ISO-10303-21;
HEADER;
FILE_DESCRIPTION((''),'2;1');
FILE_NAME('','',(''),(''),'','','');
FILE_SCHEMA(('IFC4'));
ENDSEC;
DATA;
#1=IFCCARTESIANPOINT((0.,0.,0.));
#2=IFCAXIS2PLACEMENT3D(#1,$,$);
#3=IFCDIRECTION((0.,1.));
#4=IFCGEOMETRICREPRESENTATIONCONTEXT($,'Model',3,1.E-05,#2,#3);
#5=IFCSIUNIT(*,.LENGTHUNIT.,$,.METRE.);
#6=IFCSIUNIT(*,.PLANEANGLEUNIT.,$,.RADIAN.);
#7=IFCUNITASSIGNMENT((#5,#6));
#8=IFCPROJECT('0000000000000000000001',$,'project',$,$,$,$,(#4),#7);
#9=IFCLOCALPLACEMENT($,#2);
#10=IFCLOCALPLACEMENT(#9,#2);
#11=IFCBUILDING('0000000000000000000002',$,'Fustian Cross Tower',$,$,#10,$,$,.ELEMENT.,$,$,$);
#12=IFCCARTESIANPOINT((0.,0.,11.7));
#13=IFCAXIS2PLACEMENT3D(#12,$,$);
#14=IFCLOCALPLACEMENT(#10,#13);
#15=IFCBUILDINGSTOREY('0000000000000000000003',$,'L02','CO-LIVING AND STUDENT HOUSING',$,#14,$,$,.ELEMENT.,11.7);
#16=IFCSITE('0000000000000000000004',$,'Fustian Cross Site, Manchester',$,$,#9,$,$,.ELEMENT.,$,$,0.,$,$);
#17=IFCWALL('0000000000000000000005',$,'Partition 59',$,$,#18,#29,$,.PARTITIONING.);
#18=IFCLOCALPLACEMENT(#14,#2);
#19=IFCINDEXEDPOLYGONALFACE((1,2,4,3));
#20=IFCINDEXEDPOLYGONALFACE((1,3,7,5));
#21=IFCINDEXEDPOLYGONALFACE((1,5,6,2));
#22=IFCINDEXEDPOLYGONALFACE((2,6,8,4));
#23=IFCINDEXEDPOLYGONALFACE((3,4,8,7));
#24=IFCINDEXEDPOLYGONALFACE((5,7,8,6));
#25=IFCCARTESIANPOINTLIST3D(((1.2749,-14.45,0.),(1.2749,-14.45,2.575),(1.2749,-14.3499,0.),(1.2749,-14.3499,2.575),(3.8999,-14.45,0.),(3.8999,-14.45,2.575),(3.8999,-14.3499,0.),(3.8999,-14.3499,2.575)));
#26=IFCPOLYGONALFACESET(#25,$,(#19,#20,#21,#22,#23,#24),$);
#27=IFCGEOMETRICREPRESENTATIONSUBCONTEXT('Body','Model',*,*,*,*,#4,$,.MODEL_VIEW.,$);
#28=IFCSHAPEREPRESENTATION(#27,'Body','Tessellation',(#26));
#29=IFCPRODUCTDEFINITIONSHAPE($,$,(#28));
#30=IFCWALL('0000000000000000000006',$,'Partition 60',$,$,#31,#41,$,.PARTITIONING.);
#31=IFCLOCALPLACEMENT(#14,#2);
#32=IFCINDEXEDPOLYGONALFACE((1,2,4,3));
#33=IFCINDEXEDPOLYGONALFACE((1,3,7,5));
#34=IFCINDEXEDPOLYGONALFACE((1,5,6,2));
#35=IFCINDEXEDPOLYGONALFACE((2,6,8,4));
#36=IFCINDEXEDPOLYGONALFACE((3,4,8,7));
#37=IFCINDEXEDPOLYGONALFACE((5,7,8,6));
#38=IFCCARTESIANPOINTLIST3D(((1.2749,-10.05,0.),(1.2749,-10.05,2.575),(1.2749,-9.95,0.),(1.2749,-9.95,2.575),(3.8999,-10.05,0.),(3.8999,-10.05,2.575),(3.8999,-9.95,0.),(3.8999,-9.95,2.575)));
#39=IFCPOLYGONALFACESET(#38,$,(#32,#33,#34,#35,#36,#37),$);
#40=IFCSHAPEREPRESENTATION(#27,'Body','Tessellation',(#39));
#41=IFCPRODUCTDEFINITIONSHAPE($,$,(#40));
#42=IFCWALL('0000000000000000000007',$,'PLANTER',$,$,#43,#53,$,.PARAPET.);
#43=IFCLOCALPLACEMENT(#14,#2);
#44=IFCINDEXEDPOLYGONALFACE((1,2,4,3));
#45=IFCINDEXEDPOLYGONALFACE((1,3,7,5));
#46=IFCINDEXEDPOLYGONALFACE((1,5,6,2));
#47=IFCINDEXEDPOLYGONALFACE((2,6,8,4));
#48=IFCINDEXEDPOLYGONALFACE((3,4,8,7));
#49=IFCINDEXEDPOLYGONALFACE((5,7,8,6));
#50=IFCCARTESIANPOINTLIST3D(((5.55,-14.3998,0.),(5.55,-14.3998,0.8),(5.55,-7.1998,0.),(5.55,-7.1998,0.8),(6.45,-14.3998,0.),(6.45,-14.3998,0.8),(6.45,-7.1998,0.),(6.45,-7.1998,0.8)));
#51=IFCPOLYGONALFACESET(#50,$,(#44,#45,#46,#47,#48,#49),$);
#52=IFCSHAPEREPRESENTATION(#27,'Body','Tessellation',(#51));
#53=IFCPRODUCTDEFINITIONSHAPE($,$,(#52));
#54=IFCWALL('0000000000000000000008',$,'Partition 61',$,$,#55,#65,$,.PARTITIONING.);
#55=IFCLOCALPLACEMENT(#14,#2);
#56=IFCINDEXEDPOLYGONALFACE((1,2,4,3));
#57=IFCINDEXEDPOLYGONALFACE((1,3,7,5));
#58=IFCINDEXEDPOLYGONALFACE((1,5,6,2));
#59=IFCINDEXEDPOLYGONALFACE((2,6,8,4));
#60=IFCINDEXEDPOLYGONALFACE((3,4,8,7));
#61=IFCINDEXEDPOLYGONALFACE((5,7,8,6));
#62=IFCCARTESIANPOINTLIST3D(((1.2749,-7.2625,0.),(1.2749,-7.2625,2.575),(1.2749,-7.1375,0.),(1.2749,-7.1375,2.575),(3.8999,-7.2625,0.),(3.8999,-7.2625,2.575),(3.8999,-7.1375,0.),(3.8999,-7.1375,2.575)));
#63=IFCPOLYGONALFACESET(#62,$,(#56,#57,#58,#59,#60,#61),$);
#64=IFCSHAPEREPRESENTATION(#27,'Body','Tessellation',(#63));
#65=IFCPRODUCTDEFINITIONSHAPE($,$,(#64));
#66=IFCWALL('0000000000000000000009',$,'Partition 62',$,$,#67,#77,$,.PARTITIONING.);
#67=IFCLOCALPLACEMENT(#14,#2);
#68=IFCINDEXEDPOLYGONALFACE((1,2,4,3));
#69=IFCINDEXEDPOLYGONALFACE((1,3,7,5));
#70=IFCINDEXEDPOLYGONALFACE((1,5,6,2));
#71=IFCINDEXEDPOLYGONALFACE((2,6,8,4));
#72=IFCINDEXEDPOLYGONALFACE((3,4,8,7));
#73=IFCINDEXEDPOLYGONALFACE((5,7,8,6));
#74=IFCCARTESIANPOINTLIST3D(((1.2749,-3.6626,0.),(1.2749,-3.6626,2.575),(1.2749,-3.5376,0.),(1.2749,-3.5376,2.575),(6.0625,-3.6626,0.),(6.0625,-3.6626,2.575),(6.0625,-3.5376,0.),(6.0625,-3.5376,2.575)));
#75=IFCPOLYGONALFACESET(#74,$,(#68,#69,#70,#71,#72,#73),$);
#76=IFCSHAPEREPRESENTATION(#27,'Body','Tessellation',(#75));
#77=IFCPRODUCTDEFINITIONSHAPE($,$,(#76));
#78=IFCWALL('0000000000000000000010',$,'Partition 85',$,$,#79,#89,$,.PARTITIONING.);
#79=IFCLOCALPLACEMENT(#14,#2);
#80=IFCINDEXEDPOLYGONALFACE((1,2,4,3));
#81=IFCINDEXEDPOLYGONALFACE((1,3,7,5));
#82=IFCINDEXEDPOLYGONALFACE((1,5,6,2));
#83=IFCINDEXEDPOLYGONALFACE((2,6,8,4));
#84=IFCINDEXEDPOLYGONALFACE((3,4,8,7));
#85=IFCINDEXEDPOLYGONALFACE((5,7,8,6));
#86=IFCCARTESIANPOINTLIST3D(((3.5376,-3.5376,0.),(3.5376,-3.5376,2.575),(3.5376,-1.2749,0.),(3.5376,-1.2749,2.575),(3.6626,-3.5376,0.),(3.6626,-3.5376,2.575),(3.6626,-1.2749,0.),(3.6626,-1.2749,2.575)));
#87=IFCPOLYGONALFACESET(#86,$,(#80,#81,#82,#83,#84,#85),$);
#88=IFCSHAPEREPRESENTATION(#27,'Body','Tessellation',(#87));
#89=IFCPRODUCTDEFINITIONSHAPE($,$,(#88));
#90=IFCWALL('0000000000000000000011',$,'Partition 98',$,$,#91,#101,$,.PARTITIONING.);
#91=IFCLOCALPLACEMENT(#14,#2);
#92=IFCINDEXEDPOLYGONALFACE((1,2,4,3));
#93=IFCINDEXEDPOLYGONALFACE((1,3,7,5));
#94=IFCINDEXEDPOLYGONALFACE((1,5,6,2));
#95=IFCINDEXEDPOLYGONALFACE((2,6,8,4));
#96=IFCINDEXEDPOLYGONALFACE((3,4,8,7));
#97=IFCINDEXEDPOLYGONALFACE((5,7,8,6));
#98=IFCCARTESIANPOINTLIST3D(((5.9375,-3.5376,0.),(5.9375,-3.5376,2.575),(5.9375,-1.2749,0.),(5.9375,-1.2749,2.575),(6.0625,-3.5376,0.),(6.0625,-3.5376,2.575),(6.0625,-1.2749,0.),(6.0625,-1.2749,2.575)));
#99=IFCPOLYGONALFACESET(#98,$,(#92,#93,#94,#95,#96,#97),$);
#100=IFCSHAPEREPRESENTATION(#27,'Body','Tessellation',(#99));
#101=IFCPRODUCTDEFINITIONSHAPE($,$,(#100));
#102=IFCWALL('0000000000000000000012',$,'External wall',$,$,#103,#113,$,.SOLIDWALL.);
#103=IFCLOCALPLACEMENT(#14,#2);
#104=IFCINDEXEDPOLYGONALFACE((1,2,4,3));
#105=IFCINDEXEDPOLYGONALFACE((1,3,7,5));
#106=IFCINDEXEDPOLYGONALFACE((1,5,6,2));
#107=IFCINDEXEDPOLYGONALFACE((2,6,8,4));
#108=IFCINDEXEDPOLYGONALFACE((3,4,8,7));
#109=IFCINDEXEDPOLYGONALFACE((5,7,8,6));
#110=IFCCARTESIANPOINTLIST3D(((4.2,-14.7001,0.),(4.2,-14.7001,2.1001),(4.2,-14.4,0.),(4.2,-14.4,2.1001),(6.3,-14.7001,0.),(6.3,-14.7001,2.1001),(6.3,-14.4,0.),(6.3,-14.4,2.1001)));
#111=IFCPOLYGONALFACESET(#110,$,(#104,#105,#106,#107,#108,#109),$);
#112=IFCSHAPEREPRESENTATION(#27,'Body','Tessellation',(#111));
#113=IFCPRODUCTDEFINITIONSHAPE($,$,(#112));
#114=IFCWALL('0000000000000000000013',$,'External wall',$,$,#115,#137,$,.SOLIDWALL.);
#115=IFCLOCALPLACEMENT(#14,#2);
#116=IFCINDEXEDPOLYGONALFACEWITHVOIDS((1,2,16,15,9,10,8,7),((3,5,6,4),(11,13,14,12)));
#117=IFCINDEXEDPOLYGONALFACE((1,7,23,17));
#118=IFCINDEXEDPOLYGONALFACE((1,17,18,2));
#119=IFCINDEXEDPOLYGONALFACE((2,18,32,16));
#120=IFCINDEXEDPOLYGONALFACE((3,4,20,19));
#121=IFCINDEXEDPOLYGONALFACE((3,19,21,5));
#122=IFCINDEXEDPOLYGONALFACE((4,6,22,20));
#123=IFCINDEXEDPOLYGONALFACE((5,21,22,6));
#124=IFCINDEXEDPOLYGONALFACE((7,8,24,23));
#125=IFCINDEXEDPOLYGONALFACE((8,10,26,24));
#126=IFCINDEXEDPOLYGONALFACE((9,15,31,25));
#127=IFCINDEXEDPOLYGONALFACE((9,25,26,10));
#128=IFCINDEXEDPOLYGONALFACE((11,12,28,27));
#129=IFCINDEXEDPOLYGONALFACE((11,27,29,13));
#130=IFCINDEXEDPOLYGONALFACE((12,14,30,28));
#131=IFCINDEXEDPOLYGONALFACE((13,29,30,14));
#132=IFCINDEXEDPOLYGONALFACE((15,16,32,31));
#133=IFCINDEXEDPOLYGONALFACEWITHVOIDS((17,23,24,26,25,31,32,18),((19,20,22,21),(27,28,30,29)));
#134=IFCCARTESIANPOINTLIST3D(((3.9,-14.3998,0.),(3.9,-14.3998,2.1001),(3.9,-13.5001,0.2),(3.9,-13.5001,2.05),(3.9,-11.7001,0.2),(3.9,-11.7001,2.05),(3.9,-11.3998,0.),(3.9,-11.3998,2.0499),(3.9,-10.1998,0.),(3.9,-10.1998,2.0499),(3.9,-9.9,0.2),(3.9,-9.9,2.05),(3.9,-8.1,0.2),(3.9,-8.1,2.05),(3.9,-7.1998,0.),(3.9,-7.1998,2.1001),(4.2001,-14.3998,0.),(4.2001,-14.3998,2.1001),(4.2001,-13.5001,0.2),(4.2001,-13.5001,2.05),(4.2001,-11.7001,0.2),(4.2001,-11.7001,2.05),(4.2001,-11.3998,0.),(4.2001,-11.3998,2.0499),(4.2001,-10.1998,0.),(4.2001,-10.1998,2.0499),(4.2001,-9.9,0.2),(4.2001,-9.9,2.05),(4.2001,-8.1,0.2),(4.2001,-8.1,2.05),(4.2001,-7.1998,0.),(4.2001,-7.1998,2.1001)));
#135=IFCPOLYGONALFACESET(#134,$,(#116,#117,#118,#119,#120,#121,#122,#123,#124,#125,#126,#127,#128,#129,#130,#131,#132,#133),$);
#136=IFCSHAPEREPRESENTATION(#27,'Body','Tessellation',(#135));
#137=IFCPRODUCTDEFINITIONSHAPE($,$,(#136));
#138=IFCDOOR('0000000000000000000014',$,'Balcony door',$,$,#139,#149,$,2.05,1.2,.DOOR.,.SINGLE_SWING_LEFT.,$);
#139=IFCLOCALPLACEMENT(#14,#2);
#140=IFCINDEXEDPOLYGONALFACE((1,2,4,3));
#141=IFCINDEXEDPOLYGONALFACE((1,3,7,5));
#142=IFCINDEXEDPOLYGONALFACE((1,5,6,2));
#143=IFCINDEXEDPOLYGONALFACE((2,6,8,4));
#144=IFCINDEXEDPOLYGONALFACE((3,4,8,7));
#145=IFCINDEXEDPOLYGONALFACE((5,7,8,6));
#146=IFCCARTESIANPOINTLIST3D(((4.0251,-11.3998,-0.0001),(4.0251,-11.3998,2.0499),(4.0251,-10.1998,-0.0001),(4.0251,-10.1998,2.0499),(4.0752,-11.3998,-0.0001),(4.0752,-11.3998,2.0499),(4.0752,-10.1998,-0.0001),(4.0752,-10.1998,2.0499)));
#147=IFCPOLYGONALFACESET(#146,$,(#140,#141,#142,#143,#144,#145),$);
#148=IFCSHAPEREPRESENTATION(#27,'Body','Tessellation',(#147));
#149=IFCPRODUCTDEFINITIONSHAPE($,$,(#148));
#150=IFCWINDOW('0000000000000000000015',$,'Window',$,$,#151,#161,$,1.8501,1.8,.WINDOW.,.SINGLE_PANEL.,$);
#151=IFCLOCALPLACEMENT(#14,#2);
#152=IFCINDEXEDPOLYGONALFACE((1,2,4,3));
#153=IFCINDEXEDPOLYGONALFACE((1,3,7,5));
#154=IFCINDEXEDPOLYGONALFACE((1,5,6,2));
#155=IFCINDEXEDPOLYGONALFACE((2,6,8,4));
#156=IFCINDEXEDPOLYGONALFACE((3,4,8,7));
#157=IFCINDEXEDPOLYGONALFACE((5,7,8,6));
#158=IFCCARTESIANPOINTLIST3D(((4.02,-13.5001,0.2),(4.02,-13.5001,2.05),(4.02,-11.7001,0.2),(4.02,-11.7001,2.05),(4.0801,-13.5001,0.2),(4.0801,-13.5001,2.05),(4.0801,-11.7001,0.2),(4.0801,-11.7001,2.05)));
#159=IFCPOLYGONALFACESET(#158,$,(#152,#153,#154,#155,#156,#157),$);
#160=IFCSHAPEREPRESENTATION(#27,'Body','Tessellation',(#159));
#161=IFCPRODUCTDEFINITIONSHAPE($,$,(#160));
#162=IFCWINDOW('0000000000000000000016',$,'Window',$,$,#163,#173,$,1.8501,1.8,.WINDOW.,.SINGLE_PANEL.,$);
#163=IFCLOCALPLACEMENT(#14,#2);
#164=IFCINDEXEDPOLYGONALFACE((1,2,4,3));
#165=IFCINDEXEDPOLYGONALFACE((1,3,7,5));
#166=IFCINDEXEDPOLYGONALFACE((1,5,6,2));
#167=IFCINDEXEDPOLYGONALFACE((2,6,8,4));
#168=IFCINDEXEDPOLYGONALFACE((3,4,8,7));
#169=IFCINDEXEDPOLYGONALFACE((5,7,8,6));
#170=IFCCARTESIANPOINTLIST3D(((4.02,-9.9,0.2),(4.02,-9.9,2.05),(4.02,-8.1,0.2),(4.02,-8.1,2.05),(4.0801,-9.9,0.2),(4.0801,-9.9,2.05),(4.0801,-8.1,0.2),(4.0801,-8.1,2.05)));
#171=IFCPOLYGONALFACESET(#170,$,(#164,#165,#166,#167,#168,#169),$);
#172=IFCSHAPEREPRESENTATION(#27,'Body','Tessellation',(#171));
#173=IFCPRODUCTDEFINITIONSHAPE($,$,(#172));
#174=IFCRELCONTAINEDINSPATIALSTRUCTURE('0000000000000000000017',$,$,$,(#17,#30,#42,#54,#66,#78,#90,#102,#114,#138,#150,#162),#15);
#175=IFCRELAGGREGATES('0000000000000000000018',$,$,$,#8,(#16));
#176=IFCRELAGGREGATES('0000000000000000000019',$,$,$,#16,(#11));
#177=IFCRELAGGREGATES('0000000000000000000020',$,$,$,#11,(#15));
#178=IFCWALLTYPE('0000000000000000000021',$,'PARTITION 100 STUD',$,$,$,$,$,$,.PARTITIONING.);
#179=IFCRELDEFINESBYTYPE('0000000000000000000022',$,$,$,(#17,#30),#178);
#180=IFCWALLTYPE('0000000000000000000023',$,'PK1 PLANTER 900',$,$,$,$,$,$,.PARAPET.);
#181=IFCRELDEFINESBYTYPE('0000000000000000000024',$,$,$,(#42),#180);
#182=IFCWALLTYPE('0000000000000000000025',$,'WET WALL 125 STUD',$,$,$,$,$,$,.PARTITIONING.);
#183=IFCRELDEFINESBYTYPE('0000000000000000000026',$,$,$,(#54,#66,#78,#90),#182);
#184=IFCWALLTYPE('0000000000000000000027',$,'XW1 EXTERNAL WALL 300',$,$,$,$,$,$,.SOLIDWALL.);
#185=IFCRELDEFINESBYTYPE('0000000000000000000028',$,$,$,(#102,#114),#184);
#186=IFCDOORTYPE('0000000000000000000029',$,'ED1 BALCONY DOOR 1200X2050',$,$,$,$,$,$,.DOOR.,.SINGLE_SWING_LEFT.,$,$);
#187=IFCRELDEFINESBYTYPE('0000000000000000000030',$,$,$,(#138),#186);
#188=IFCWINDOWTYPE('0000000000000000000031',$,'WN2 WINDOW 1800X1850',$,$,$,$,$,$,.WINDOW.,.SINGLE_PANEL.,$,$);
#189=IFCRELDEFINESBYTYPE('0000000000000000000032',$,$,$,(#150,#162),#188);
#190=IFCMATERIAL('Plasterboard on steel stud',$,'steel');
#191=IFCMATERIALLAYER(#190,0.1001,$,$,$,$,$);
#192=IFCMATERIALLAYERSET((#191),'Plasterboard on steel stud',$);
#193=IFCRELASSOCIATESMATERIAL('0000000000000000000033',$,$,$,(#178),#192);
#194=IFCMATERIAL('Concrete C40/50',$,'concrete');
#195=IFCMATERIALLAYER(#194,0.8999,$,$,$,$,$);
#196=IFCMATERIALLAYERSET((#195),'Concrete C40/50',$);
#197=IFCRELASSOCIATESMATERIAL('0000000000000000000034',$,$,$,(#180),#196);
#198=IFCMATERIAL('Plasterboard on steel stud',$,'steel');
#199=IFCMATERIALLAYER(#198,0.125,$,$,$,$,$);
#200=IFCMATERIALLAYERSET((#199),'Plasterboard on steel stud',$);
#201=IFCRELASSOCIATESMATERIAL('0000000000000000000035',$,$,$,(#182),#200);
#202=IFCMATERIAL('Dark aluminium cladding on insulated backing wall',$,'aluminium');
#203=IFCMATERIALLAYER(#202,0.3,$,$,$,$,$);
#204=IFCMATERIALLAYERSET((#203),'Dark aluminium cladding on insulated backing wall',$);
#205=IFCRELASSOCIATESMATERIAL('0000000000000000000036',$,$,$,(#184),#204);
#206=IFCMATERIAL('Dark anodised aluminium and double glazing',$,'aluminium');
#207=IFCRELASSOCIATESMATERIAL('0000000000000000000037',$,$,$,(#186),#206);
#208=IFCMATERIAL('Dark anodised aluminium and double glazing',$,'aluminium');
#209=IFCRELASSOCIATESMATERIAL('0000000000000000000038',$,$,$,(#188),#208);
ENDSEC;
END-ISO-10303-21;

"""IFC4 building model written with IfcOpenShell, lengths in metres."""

from ifc_helpers import new_model, si_unit, direction, frame, frame_2d, origin, place, context, subcontext, project, spatial, rectangle, extrude, material, layer, layer_set, type_object, element, fill, save


model = new_model("IFC4")

# Units and contexts
model_context = context("Model", 3, precision=1e-05, world=origin(), true_north=direction((0.0, 1.0)))
body_context = subcontext(model_context, "Body", "Model", "MODEL_VIEW")
ifc_project = project(units=[si_unit("LENGTHUNIT", "METRE"), si_unit("PLANEANGLEUNIT", "RADIAN")], contexts=[model_context])

# Site, building, storey
site_placement = place(None, origin())
site = spatial("IfcSite", under=ifc_project, at=site_placement, Name="Fustian Cross Site, Manchester", CompositionType="ELEMENT", RefElevation=0.0)
building_placement = place(site_placement, origin())
building = spatial("IfcBuilding", under=site, at=building_placement, Name="Fustian Cross Tower", CompositionType="ELEMENT")
storey_placement = place(building_placement, frame((0.0, 0.0, 11.7)))
storey = spatial("IfcBuildingStorey", under=building, at=storey_placement, Name="L02", Description="CO-LIVING AND STUDENT HOUSING", CompositionType="ELEMENT", Elevation=11.7)

# Walls
ifc_material_1 = material(Name="Plasterboard on steel stud", Category="steel")
ifc_layer_1 = layer(ifc_material_1, 0.1001)
ifc_layer_set_1 = layer_set([ifc_layer_1], Name="Plasterboard on steel stud")
wall_type_1 = type_object("IfcWallType", Name="PARTITION 100 STUD", PredefinedType="PARTITIONING", material=ifc_layer_set_1)
for number, where, z_axis, x_axis, name in (
    (1, (1.2749, -14.3999, 0.0), (0.0, 0.0, 1.0), (1.0, 0.0, 0.0), "Partition 59"),
    (2, (1.2749, -10.0, 0.0), (0.0, 0.0, 1.0), (1.0, 0.0, 0.0), "Partition 60"),
):
    element("IfcWall", number, at=place(storey_placement, frame(where, z_axis=z_axis, x_axis=x_axis)), inside=storey, type_object=wall_type_1, Name=name, PredefinedType="PARTITIONING", context=body_context, shape_type="SweptSolid", body=[
        extrude(rectangle(XDim=2.625, YDim=0.1001, at=frame_2d((1.3125, 0.0))), origin(), (0.0, 0.0, 1.0), 2.575),
    ])
ifc_material_2 = material(Name="Concrete C40/50", Category="concrete")
ifc_layer_2 = layer(ifc_material_2, 0.8999)
ifc_layer_set_2 = layer_set([ifc_layer_2], Name="Concrete C40/50")
wall_type_2 = type_object("IfcWallType", Name="PK1 PLANTER 900", PredefinedType="PARAPET", material=ifc_layer_set_2)
wall_1_placement = place(storey_placement, frame((6.0, -14.3999, 0.0), z_axis=(0.0, 0.0, 1.0), x_axis=(0.0, 1.0, 0.0)))
element("IfcWall", 3, at=wall_1_placement, inside=storey, type_object=wall_type_2, Name="PLANTER", PredefinedType="PARAPET", context=body_context, shape_type="SweptSolid", body=[
    extrude(rectangle(XDim=7.2, YDim=0.8999, at=frame_2d((3.6001, 0.0))), origin(), (0.0, 0.0, 1.0), 0.8),
])
ifc_material_3 = material(Name="Plasterboard on steel stud", Category="steel")
ifc_layer_3 = layer(ifc_material_3, 0.125)
ifc_layer_set_3 = layer_set([ifc_layer_3], Name="Plasterboard on steel stud")
wall_type_3 = type_object("IfcWallType", Name="WET WALL 125 STUD", PredefinedType="PARTITIONING", material=ifc_layer_set_3)
wall_2_placement = place(storey_placement, frame((1.2749, -7.2, 0.0), z_axis=(0.0, 0.0, 1.0), x_axis=(1.0, 0.0, 0.0)))
element("IfcWall", 4, at=wall_2_placement, inside=storey, type_object=wall_type_3, Name="Partition 61", PredefinedType="PARTITIONING", context=body_context, shape_type="SweptSolid", body=[
    extrude(rectangle(XDim=2.625, YDim=0.125, at=frame_2d((1.3125, 0.0))), origin(), (0.0, 0.0, 1.0), 2.575),
])
wall_3_placement = place(storey_placement, frame((1.2749, -3.6001, 0.0), z_axis=(0.0, 0.0, 1.0), x_axis=(1.0, 0.0, 0.0)))
element("IfcWall", 5, at=wall_3_placement, inside=storey, type_object=wall_type_3, Name="Partition 62", PredefinedType="PARTITIONING", context=body_context, shape_type="SweptSolid", body=[
    extrude(rectangle(XDim=4.7876, YDim=0.125, at=frame_2d((2.3938, 0.0))), origin(), (0.0, 0.0, 1.0), 2.575),
])
for number, where, z_axis, x_axis, name in (
    (6, (3.6001, -3.5376, 0.0), (0.0, 0.0, 1.0), (0.0, 1.0, 0.0), "Partition 85"),
    (7, (6.0, -3.5376, 0.0), (0.0, 0.0, 1.0), (0.0, 1.0, 0.0), "Partition 98"),
):
    element("IfcWall", number, at=place(storey_placement, frame(where, z_axis=z_axis, x_axis=x_axis)), inside=storey, type_object=wall_type_3, Name=name, PredefinedType="PARTITIONING", context=body_context, shape_type="SweptSolid", body=[
        extrude(rectangle(XDim=2.2627, YDim=0.125, at=frame_2d((1.1313, 0.0))), origin(), (0.0, 0.0, 1.0), 2.575),
    ])
ifc_material_4 = material(Name="Dark aluminium cladding on insulated backing wall", Category="aluminium")
ifc_layer_4 = layer(ifc_material_4, 0.3)
ifc_layer_set_4 = layer_set([ifc_layer_4], Name="Dark aluminium cladding on insulated backing wall")
wall_type_4 = type_object("IfcWallType", Name="XW1 EXTERNAL WALL 300", PredefinedType="SOLIDWALL", material=ifc_layer_set_4)
wall_4_placement = place(storey_placement, frame((6.3, -14.55, 0.0), z_axis=(0.0, 0.0, 1.0), x_axis=(-1.0, 0.0, 0.0)))
element("IfcWall", 8, at=wall_4_placement, inside=storey, type_object=wall_type_4, Name="External wall", PredefinedType="SOLIDWALL", context=body_context, shape_type="SweptSolid", body=[
    extrude(rectangle(XDim=2.1001, YDim=0.3, at=frame_2d((1.05, 0.0))), origin(), (0.0, 0.0, 1.0), 2.1001),
])

# Wall, openings, door, windows
wall_5_placement = place(storey_placement, frame((4.05, -14.3999, 0.0), z_axis=(0.0, 0.0, 1.0), x_axis=(0.0, 1.0, 0.0)))
wall_5 = element("IfcWall", 9, at=wall_5_placement, inside=storey, type_object=wall_type_4, Name="External wall", PredefinedType="SOLIDWALL", context=body_context, shape_type="SweptSolid", body=[
    extrude(rectangle(XDim=7.2, YDim=0.3, at=frame_2d((3.6001, 0.0))), origin(), (0.0, 0.0, 1.0), 2.1001),
])
opening_1_placement = place(wall_5_placement, frame((3.0, 0.0, 0.0)))
opening_1 = element("IfcOpeningElement", 10, at=opening_1_placement, cuts=wall_5, PredefinedType="OPENING", context=body_context, shape_type="SweptSolid", body=[
    extrude(rectangle(XDim=1.2, YDim=2.05, at=frame_2d((0.6001, 1.0249))), frame((0.0, 0.1599, 0.0), z_axis=(0.0, -1.0, 0.0), x_axis=(1.0, 0.0, 0.0)), (0.0, 0.0, 1.0), 0.3201),
])
opening_2_placement = place(wall_5_placement, frame((0.8999, 0.0, 0.2)))
opening_2 = element("IfcOpeningElement", 11, at=opening_2_placement, cuts=wall_5, PredefinedType="OPENING", context=body_context, shape_type="SweptSolid", body=[
    extrude(rectangle(XDim=1.8, YDim=1.8501, at=frame_2d((0.8999, 0.925))), frame((0.0, 0.1599, 0.0), z_axis=(0.0, -1.0, 0.0), x_axis=(1.0, 0.0, 0.0)), (0.0, 0.0, 1.0), 0.3201),
])
opening_3_placement = place(wall_5_placement, frame((4.5, 0.0, 0.2)))
opening_3 = element("IfcOpeningElement", 12, at=opening_3_placement, cuts=wall_5, PredefinedType="OPENING", context=body_context, shape_type="SweptSolid", body=[
    extrude(rectangle(XDim=1.8, YDim=1.8501, at=frame_2d((0.8999, 0.925))), frame((0.0, 0.1599, 0.0), z_axis=(0.0, -1.0, 0.0), x_axis=(1.0, 0.0, 0.0)), (0.0, 0.0, 1.0), 0.3201),
])
ifc_material_5 = material(Name="Dark anodised aluminium and double glazing", Category="aluminium")
door_type_1 = type_object("IfcDoorType", Name="ED1 BALCONY DOOR 1200X2050", OperationType="SINGLE_SWING_LEFT", PredefinedType="DOOR", material=ifc_material_5)
door_1_placement = place(opening_1_placement, origin())
door_1 = element("IfcDoor", 13, at=door_1_placement, inside=storey, type_object=door_type_1, Name="Balcony door", OperationType="SINGLE_SWING_LEFT", OverallHeight=2.05, OverallWidth=1.2, PredefinedType="DOOR", context=body_context, shape_type="SweptSolid", body=[
    extrude(rectangle(XDim=1.2, YDim=2.05, at=frame_2d((0.6001, 1.0249))), frame((0.0, 0.0249, 0.0), z_axis=(0.0, -1.0, 0.0), x_axis=(1.0, 0.0, 0.0)), (0.0, 0.0, 1.0), 0.05),
])
fill(opening_1, door_1)
ifc_material_6 = material(Name="Dark anodised aluminium and double glazing", Category="aluminium")
window_type = type_object("IfcWindowType", Name="WN2 WINDOW 1800X1850", PartitioningType="SINGLE_PANEL", PredefinedType="WINDOW", material=ifc_material_6)
window_1_placement = place(opening_2_placement, origin())
window_1 = element("IfcWindow", 14, at=window_1_placement, inside=storey, type_object=window_type, Name="Window", OverallHeight=1.8501, OverallWidth=1.8, PartitioningType="SINGLE_PANEL", PredefinedType="WINDOW", context=body_context, shape_type="SweptSolid", body=[
    extrude(rectangle(XDim=1.8, YDim=1.8501, at=frame_2d((0.8999, 0.925))), frame((0.0, 0.03, 0.0), z_axis=(0.0, -1.0, 0.0), x_axis=(1.0, 0.0, 0.0)), (0.0, 0.0, 1.0), 0.0601),
])
fill(opening_2, window_1)
window_2_placement = place(opening_3_placement, origin())
window_2 = element("IfcWindow", 15, at=window_2_placement, inside=storey, type_object=window_type, Name="Window", OverallHeight=1.8501, OverallWidth=1.8, PartitioningType="SINGLE_PANEL", PredefinedType="WINDOW", context=body_context, shape_type="SweptSolid", body=[
    extrude(rectangle(XDim=1.8, YDim=1.8501, at=frame_2d((0.8999, 0.925))), frame((0.0, 0.03, 0.0), z_axis=(0.0, -1.0, 0.0), x_axis=(1.0, 0.0, 0.0)), (0.0, 0.0, 1.0), 0.0601),
])
fill(opening_3, window_2)

save(model, "model.ifc")
